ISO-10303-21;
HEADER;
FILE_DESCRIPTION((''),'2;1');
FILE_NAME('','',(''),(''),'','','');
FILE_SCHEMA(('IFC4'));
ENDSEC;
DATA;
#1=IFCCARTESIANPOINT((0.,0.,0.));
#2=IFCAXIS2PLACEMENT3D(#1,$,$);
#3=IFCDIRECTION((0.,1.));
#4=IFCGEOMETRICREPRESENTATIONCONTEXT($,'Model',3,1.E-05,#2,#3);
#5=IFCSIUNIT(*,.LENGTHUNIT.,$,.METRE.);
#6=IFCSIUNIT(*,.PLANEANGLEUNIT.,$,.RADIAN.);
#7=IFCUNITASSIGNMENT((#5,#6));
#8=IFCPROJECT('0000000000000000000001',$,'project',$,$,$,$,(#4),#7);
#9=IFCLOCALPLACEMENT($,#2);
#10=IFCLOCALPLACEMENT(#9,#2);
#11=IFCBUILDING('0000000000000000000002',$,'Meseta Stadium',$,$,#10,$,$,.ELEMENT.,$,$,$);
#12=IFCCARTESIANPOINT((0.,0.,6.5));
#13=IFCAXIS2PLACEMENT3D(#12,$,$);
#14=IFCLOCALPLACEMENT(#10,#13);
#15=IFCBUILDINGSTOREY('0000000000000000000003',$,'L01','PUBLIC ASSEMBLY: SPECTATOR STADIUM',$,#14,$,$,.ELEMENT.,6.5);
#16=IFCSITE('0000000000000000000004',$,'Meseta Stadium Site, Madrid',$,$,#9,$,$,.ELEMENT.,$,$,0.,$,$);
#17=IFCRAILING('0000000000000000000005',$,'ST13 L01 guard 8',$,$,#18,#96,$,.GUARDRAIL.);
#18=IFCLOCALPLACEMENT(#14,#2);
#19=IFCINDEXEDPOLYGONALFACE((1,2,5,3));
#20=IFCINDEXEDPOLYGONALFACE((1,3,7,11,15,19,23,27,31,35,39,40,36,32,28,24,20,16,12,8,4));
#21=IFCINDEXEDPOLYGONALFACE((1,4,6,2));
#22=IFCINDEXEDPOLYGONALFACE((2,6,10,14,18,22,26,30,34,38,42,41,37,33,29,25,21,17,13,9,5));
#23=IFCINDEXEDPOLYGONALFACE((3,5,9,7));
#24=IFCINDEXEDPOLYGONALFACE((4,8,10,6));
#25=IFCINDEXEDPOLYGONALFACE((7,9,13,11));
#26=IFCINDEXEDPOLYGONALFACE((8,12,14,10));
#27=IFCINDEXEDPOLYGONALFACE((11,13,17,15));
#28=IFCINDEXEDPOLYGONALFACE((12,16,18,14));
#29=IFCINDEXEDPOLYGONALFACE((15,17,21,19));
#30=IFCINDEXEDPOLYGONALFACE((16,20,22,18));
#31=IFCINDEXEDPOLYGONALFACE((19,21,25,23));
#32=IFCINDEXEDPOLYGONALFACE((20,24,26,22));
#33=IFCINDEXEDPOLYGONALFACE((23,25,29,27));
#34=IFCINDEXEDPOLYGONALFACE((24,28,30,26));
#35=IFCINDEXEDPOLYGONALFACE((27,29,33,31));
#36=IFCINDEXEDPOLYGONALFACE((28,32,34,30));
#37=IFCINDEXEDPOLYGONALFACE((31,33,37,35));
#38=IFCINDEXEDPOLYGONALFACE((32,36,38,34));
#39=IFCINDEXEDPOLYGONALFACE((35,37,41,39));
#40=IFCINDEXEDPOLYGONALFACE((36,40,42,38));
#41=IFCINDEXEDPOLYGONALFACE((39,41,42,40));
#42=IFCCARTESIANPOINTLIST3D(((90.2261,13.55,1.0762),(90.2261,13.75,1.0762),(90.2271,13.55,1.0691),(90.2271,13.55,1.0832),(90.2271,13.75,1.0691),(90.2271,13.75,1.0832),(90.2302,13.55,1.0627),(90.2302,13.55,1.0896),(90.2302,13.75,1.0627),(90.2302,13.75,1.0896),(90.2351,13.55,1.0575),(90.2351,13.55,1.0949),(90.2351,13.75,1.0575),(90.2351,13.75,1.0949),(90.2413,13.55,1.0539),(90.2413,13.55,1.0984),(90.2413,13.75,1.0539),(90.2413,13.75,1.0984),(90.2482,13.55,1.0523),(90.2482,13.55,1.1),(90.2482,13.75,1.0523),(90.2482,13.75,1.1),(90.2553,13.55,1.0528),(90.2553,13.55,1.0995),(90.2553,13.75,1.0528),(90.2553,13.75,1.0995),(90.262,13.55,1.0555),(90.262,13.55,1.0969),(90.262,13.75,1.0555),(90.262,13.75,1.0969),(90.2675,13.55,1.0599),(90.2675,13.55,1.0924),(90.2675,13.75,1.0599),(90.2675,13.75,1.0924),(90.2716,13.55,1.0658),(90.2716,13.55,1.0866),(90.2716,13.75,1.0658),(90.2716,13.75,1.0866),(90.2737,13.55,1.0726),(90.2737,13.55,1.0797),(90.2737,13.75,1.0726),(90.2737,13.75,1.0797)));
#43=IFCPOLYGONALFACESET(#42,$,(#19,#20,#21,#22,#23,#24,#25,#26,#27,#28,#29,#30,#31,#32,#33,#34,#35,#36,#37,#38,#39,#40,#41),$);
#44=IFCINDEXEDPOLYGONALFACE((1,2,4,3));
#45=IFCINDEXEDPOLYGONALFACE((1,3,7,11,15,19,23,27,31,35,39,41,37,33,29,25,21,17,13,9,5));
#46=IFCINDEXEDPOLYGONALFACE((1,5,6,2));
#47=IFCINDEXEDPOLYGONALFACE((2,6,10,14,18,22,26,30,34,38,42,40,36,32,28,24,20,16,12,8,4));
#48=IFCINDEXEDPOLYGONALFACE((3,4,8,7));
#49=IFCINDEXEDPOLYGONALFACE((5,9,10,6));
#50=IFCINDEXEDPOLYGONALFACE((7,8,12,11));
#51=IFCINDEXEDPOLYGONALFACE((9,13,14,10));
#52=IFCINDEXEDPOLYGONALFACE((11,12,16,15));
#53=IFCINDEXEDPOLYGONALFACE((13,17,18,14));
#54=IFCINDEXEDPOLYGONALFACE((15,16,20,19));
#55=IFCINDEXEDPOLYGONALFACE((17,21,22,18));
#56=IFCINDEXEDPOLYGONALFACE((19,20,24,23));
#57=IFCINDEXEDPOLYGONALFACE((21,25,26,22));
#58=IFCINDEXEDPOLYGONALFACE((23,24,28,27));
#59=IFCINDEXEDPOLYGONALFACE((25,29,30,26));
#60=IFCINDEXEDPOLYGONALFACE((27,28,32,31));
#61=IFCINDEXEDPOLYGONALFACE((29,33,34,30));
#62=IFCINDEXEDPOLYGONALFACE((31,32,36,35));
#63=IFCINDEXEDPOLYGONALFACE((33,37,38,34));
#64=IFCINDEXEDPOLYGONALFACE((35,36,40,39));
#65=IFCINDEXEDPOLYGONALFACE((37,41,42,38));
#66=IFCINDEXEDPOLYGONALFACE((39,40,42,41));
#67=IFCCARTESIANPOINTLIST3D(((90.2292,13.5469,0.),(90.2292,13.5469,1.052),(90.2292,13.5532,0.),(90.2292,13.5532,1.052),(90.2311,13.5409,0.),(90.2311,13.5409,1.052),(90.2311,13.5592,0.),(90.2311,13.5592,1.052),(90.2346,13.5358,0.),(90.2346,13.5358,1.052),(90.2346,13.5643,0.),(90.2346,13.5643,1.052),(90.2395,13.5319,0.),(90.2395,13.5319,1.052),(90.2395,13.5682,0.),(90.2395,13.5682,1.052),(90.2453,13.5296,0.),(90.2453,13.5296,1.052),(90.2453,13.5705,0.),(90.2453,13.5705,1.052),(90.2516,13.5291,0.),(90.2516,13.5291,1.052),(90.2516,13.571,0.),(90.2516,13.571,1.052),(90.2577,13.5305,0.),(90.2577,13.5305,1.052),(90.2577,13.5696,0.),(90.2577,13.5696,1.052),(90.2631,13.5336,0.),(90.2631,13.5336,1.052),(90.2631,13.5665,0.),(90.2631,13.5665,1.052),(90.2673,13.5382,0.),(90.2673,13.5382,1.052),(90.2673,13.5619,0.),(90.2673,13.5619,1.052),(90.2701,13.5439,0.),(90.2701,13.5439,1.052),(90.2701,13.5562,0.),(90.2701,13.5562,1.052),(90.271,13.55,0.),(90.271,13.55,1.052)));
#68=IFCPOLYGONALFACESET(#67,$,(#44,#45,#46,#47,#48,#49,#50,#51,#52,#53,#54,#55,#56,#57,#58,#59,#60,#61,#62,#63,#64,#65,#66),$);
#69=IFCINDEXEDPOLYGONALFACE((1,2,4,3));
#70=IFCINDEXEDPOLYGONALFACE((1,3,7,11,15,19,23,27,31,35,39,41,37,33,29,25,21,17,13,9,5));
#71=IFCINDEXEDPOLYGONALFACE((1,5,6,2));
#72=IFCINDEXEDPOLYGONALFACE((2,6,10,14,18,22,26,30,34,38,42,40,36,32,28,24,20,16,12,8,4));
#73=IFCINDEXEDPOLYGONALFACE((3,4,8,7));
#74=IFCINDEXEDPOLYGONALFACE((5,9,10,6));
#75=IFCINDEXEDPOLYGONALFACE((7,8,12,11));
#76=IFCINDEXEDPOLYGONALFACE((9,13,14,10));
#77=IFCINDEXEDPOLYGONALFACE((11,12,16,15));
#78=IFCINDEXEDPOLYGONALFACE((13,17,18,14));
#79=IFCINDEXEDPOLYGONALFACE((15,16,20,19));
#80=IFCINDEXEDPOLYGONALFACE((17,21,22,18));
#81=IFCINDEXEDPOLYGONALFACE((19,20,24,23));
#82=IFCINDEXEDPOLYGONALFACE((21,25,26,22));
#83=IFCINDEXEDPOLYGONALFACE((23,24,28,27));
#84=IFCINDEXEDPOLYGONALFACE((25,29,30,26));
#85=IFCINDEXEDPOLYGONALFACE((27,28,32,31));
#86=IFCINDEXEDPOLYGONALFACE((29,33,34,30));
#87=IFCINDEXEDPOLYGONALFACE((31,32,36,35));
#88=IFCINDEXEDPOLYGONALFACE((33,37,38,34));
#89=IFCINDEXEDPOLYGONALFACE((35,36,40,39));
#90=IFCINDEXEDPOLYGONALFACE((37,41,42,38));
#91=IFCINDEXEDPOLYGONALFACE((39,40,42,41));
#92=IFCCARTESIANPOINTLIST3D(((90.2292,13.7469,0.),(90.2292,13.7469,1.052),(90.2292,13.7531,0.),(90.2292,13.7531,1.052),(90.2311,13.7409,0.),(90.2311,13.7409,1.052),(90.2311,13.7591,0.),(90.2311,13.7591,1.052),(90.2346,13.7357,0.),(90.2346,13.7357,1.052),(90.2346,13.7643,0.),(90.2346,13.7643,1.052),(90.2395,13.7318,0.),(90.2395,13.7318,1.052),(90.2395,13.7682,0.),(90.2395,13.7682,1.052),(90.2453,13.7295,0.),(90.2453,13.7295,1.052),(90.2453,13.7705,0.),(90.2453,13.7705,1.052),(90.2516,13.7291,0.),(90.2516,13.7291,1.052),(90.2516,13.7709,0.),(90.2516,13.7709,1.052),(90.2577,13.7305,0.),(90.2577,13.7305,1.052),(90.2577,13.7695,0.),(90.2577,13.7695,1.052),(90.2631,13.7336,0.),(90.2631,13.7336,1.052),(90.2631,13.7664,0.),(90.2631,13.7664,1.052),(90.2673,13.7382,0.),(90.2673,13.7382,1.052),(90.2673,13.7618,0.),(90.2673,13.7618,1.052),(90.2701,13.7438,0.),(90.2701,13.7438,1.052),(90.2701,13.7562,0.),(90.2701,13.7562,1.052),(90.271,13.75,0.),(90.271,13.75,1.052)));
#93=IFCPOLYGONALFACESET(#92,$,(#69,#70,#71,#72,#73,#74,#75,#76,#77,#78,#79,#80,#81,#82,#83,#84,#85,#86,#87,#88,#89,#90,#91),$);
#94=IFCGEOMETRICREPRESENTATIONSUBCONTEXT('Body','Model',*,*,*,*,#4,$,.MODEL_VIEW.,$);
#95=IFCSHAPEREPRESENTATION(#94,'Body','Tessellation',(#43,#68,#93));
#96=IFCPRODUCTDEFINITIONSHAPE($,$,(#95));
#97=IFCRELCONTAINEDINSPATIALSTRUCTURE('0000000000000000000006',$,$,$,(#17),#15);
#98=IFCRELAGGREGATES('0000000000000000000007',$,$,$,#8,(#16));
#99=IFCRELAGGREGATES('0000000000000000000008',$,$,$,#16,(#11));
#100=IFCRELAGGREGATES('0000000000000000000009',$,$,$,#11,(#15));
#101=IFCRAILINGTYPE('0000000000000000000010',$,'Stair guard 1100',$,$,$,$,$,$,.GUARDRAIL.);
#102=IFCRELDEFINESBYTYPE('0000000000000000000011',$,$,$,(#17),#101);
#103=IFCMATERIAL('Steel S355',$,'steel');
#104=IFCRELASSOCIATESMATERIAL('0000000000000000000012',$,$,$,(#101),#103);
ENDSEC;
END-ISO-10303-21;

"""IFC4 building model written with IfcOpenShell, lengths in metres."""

from ifc_helpers import new_model, si_unit, direction, frame, origin, origin_2d, place, context, subcontext, project, spatial, circle, extrude, material, type_object, element, save


model = new_model("IFC4")

# Units and contexts
model_context = context("Model", 3, precision=1e-05, world=origin(), true_north=direction((0.0, 1.0)))
body_context = subcontext(model_context, "Body", "Model", "MODEL_VIEW")
ifc_project = project(units=[si_unit("LENGTHUNIT", "METRE"), si_unit("PLANEANGLEUNIT", "RADIAN")], contexts=[model_context])

# Site, building, storey
site_placement = place(None, origin())
site = spatial("IfcSite", under=ifc_project, at=site_placement, Name="Meseta Stadium Site, Madrid", CompositionType="ELEMENT", RefElevation=0.0)
building_placement = place(site_placement, origin())
building = spatial("IfcBuilding", under=site, at=building_placement, Name="Meseta Stadium", CompositionType="ELEMENT")
storey_placement = place(building_placement, frame((0.0, 0.0, 6.5)))
storey = spatial("IfcBuildingStorey", under=building, at=storey_placement, Name="L01", Description="PUBLIC ASSEMBLY: SPECTATOR STADIUM", CompositionType="ELEMENT", Elevation=6.5)

# Railing
ifc_material_1 = material(Name="Steel S355", Category="steel")
railing_type_1 = type_object("IfcRailingType", Name="Stair guard 1100", PredefinedType="GUARDRAIL", material=ifc_material_1)
railing_1_placement = place(storey_placement, frame((90.25, 13.55, 0.0)))
element("IfcRailing", 1, at=railing_1_placement, inside=storey, type_object=railing_type_1, Name="ST13 L01 guard 8", PredefinedType="GUARDRAIL", context=body_context, shape_type="SweptSolid", body=[
    extrude(circle(Radius=0.0239, at=origin_2d()), frame((0.0, 0.0, 1.0762), z_axis=(0.0, 1.0, 0.0), x_axis=(-1.0, 0.0, 0.0)), (0.0, 0.0, 1.0), 0.2),
    extrude(circle(Radius=0.021, at=origin_2d()), origin(), (0.0, 0.0, 1.0), 1.052),
    extrude(circle(Radius=0.021, at=origin_2d()), frame((0.0, 0.2, 0.0)), (0.0, 0.0, 1.0), 1.052),
])

save(model, "model.ifc")
